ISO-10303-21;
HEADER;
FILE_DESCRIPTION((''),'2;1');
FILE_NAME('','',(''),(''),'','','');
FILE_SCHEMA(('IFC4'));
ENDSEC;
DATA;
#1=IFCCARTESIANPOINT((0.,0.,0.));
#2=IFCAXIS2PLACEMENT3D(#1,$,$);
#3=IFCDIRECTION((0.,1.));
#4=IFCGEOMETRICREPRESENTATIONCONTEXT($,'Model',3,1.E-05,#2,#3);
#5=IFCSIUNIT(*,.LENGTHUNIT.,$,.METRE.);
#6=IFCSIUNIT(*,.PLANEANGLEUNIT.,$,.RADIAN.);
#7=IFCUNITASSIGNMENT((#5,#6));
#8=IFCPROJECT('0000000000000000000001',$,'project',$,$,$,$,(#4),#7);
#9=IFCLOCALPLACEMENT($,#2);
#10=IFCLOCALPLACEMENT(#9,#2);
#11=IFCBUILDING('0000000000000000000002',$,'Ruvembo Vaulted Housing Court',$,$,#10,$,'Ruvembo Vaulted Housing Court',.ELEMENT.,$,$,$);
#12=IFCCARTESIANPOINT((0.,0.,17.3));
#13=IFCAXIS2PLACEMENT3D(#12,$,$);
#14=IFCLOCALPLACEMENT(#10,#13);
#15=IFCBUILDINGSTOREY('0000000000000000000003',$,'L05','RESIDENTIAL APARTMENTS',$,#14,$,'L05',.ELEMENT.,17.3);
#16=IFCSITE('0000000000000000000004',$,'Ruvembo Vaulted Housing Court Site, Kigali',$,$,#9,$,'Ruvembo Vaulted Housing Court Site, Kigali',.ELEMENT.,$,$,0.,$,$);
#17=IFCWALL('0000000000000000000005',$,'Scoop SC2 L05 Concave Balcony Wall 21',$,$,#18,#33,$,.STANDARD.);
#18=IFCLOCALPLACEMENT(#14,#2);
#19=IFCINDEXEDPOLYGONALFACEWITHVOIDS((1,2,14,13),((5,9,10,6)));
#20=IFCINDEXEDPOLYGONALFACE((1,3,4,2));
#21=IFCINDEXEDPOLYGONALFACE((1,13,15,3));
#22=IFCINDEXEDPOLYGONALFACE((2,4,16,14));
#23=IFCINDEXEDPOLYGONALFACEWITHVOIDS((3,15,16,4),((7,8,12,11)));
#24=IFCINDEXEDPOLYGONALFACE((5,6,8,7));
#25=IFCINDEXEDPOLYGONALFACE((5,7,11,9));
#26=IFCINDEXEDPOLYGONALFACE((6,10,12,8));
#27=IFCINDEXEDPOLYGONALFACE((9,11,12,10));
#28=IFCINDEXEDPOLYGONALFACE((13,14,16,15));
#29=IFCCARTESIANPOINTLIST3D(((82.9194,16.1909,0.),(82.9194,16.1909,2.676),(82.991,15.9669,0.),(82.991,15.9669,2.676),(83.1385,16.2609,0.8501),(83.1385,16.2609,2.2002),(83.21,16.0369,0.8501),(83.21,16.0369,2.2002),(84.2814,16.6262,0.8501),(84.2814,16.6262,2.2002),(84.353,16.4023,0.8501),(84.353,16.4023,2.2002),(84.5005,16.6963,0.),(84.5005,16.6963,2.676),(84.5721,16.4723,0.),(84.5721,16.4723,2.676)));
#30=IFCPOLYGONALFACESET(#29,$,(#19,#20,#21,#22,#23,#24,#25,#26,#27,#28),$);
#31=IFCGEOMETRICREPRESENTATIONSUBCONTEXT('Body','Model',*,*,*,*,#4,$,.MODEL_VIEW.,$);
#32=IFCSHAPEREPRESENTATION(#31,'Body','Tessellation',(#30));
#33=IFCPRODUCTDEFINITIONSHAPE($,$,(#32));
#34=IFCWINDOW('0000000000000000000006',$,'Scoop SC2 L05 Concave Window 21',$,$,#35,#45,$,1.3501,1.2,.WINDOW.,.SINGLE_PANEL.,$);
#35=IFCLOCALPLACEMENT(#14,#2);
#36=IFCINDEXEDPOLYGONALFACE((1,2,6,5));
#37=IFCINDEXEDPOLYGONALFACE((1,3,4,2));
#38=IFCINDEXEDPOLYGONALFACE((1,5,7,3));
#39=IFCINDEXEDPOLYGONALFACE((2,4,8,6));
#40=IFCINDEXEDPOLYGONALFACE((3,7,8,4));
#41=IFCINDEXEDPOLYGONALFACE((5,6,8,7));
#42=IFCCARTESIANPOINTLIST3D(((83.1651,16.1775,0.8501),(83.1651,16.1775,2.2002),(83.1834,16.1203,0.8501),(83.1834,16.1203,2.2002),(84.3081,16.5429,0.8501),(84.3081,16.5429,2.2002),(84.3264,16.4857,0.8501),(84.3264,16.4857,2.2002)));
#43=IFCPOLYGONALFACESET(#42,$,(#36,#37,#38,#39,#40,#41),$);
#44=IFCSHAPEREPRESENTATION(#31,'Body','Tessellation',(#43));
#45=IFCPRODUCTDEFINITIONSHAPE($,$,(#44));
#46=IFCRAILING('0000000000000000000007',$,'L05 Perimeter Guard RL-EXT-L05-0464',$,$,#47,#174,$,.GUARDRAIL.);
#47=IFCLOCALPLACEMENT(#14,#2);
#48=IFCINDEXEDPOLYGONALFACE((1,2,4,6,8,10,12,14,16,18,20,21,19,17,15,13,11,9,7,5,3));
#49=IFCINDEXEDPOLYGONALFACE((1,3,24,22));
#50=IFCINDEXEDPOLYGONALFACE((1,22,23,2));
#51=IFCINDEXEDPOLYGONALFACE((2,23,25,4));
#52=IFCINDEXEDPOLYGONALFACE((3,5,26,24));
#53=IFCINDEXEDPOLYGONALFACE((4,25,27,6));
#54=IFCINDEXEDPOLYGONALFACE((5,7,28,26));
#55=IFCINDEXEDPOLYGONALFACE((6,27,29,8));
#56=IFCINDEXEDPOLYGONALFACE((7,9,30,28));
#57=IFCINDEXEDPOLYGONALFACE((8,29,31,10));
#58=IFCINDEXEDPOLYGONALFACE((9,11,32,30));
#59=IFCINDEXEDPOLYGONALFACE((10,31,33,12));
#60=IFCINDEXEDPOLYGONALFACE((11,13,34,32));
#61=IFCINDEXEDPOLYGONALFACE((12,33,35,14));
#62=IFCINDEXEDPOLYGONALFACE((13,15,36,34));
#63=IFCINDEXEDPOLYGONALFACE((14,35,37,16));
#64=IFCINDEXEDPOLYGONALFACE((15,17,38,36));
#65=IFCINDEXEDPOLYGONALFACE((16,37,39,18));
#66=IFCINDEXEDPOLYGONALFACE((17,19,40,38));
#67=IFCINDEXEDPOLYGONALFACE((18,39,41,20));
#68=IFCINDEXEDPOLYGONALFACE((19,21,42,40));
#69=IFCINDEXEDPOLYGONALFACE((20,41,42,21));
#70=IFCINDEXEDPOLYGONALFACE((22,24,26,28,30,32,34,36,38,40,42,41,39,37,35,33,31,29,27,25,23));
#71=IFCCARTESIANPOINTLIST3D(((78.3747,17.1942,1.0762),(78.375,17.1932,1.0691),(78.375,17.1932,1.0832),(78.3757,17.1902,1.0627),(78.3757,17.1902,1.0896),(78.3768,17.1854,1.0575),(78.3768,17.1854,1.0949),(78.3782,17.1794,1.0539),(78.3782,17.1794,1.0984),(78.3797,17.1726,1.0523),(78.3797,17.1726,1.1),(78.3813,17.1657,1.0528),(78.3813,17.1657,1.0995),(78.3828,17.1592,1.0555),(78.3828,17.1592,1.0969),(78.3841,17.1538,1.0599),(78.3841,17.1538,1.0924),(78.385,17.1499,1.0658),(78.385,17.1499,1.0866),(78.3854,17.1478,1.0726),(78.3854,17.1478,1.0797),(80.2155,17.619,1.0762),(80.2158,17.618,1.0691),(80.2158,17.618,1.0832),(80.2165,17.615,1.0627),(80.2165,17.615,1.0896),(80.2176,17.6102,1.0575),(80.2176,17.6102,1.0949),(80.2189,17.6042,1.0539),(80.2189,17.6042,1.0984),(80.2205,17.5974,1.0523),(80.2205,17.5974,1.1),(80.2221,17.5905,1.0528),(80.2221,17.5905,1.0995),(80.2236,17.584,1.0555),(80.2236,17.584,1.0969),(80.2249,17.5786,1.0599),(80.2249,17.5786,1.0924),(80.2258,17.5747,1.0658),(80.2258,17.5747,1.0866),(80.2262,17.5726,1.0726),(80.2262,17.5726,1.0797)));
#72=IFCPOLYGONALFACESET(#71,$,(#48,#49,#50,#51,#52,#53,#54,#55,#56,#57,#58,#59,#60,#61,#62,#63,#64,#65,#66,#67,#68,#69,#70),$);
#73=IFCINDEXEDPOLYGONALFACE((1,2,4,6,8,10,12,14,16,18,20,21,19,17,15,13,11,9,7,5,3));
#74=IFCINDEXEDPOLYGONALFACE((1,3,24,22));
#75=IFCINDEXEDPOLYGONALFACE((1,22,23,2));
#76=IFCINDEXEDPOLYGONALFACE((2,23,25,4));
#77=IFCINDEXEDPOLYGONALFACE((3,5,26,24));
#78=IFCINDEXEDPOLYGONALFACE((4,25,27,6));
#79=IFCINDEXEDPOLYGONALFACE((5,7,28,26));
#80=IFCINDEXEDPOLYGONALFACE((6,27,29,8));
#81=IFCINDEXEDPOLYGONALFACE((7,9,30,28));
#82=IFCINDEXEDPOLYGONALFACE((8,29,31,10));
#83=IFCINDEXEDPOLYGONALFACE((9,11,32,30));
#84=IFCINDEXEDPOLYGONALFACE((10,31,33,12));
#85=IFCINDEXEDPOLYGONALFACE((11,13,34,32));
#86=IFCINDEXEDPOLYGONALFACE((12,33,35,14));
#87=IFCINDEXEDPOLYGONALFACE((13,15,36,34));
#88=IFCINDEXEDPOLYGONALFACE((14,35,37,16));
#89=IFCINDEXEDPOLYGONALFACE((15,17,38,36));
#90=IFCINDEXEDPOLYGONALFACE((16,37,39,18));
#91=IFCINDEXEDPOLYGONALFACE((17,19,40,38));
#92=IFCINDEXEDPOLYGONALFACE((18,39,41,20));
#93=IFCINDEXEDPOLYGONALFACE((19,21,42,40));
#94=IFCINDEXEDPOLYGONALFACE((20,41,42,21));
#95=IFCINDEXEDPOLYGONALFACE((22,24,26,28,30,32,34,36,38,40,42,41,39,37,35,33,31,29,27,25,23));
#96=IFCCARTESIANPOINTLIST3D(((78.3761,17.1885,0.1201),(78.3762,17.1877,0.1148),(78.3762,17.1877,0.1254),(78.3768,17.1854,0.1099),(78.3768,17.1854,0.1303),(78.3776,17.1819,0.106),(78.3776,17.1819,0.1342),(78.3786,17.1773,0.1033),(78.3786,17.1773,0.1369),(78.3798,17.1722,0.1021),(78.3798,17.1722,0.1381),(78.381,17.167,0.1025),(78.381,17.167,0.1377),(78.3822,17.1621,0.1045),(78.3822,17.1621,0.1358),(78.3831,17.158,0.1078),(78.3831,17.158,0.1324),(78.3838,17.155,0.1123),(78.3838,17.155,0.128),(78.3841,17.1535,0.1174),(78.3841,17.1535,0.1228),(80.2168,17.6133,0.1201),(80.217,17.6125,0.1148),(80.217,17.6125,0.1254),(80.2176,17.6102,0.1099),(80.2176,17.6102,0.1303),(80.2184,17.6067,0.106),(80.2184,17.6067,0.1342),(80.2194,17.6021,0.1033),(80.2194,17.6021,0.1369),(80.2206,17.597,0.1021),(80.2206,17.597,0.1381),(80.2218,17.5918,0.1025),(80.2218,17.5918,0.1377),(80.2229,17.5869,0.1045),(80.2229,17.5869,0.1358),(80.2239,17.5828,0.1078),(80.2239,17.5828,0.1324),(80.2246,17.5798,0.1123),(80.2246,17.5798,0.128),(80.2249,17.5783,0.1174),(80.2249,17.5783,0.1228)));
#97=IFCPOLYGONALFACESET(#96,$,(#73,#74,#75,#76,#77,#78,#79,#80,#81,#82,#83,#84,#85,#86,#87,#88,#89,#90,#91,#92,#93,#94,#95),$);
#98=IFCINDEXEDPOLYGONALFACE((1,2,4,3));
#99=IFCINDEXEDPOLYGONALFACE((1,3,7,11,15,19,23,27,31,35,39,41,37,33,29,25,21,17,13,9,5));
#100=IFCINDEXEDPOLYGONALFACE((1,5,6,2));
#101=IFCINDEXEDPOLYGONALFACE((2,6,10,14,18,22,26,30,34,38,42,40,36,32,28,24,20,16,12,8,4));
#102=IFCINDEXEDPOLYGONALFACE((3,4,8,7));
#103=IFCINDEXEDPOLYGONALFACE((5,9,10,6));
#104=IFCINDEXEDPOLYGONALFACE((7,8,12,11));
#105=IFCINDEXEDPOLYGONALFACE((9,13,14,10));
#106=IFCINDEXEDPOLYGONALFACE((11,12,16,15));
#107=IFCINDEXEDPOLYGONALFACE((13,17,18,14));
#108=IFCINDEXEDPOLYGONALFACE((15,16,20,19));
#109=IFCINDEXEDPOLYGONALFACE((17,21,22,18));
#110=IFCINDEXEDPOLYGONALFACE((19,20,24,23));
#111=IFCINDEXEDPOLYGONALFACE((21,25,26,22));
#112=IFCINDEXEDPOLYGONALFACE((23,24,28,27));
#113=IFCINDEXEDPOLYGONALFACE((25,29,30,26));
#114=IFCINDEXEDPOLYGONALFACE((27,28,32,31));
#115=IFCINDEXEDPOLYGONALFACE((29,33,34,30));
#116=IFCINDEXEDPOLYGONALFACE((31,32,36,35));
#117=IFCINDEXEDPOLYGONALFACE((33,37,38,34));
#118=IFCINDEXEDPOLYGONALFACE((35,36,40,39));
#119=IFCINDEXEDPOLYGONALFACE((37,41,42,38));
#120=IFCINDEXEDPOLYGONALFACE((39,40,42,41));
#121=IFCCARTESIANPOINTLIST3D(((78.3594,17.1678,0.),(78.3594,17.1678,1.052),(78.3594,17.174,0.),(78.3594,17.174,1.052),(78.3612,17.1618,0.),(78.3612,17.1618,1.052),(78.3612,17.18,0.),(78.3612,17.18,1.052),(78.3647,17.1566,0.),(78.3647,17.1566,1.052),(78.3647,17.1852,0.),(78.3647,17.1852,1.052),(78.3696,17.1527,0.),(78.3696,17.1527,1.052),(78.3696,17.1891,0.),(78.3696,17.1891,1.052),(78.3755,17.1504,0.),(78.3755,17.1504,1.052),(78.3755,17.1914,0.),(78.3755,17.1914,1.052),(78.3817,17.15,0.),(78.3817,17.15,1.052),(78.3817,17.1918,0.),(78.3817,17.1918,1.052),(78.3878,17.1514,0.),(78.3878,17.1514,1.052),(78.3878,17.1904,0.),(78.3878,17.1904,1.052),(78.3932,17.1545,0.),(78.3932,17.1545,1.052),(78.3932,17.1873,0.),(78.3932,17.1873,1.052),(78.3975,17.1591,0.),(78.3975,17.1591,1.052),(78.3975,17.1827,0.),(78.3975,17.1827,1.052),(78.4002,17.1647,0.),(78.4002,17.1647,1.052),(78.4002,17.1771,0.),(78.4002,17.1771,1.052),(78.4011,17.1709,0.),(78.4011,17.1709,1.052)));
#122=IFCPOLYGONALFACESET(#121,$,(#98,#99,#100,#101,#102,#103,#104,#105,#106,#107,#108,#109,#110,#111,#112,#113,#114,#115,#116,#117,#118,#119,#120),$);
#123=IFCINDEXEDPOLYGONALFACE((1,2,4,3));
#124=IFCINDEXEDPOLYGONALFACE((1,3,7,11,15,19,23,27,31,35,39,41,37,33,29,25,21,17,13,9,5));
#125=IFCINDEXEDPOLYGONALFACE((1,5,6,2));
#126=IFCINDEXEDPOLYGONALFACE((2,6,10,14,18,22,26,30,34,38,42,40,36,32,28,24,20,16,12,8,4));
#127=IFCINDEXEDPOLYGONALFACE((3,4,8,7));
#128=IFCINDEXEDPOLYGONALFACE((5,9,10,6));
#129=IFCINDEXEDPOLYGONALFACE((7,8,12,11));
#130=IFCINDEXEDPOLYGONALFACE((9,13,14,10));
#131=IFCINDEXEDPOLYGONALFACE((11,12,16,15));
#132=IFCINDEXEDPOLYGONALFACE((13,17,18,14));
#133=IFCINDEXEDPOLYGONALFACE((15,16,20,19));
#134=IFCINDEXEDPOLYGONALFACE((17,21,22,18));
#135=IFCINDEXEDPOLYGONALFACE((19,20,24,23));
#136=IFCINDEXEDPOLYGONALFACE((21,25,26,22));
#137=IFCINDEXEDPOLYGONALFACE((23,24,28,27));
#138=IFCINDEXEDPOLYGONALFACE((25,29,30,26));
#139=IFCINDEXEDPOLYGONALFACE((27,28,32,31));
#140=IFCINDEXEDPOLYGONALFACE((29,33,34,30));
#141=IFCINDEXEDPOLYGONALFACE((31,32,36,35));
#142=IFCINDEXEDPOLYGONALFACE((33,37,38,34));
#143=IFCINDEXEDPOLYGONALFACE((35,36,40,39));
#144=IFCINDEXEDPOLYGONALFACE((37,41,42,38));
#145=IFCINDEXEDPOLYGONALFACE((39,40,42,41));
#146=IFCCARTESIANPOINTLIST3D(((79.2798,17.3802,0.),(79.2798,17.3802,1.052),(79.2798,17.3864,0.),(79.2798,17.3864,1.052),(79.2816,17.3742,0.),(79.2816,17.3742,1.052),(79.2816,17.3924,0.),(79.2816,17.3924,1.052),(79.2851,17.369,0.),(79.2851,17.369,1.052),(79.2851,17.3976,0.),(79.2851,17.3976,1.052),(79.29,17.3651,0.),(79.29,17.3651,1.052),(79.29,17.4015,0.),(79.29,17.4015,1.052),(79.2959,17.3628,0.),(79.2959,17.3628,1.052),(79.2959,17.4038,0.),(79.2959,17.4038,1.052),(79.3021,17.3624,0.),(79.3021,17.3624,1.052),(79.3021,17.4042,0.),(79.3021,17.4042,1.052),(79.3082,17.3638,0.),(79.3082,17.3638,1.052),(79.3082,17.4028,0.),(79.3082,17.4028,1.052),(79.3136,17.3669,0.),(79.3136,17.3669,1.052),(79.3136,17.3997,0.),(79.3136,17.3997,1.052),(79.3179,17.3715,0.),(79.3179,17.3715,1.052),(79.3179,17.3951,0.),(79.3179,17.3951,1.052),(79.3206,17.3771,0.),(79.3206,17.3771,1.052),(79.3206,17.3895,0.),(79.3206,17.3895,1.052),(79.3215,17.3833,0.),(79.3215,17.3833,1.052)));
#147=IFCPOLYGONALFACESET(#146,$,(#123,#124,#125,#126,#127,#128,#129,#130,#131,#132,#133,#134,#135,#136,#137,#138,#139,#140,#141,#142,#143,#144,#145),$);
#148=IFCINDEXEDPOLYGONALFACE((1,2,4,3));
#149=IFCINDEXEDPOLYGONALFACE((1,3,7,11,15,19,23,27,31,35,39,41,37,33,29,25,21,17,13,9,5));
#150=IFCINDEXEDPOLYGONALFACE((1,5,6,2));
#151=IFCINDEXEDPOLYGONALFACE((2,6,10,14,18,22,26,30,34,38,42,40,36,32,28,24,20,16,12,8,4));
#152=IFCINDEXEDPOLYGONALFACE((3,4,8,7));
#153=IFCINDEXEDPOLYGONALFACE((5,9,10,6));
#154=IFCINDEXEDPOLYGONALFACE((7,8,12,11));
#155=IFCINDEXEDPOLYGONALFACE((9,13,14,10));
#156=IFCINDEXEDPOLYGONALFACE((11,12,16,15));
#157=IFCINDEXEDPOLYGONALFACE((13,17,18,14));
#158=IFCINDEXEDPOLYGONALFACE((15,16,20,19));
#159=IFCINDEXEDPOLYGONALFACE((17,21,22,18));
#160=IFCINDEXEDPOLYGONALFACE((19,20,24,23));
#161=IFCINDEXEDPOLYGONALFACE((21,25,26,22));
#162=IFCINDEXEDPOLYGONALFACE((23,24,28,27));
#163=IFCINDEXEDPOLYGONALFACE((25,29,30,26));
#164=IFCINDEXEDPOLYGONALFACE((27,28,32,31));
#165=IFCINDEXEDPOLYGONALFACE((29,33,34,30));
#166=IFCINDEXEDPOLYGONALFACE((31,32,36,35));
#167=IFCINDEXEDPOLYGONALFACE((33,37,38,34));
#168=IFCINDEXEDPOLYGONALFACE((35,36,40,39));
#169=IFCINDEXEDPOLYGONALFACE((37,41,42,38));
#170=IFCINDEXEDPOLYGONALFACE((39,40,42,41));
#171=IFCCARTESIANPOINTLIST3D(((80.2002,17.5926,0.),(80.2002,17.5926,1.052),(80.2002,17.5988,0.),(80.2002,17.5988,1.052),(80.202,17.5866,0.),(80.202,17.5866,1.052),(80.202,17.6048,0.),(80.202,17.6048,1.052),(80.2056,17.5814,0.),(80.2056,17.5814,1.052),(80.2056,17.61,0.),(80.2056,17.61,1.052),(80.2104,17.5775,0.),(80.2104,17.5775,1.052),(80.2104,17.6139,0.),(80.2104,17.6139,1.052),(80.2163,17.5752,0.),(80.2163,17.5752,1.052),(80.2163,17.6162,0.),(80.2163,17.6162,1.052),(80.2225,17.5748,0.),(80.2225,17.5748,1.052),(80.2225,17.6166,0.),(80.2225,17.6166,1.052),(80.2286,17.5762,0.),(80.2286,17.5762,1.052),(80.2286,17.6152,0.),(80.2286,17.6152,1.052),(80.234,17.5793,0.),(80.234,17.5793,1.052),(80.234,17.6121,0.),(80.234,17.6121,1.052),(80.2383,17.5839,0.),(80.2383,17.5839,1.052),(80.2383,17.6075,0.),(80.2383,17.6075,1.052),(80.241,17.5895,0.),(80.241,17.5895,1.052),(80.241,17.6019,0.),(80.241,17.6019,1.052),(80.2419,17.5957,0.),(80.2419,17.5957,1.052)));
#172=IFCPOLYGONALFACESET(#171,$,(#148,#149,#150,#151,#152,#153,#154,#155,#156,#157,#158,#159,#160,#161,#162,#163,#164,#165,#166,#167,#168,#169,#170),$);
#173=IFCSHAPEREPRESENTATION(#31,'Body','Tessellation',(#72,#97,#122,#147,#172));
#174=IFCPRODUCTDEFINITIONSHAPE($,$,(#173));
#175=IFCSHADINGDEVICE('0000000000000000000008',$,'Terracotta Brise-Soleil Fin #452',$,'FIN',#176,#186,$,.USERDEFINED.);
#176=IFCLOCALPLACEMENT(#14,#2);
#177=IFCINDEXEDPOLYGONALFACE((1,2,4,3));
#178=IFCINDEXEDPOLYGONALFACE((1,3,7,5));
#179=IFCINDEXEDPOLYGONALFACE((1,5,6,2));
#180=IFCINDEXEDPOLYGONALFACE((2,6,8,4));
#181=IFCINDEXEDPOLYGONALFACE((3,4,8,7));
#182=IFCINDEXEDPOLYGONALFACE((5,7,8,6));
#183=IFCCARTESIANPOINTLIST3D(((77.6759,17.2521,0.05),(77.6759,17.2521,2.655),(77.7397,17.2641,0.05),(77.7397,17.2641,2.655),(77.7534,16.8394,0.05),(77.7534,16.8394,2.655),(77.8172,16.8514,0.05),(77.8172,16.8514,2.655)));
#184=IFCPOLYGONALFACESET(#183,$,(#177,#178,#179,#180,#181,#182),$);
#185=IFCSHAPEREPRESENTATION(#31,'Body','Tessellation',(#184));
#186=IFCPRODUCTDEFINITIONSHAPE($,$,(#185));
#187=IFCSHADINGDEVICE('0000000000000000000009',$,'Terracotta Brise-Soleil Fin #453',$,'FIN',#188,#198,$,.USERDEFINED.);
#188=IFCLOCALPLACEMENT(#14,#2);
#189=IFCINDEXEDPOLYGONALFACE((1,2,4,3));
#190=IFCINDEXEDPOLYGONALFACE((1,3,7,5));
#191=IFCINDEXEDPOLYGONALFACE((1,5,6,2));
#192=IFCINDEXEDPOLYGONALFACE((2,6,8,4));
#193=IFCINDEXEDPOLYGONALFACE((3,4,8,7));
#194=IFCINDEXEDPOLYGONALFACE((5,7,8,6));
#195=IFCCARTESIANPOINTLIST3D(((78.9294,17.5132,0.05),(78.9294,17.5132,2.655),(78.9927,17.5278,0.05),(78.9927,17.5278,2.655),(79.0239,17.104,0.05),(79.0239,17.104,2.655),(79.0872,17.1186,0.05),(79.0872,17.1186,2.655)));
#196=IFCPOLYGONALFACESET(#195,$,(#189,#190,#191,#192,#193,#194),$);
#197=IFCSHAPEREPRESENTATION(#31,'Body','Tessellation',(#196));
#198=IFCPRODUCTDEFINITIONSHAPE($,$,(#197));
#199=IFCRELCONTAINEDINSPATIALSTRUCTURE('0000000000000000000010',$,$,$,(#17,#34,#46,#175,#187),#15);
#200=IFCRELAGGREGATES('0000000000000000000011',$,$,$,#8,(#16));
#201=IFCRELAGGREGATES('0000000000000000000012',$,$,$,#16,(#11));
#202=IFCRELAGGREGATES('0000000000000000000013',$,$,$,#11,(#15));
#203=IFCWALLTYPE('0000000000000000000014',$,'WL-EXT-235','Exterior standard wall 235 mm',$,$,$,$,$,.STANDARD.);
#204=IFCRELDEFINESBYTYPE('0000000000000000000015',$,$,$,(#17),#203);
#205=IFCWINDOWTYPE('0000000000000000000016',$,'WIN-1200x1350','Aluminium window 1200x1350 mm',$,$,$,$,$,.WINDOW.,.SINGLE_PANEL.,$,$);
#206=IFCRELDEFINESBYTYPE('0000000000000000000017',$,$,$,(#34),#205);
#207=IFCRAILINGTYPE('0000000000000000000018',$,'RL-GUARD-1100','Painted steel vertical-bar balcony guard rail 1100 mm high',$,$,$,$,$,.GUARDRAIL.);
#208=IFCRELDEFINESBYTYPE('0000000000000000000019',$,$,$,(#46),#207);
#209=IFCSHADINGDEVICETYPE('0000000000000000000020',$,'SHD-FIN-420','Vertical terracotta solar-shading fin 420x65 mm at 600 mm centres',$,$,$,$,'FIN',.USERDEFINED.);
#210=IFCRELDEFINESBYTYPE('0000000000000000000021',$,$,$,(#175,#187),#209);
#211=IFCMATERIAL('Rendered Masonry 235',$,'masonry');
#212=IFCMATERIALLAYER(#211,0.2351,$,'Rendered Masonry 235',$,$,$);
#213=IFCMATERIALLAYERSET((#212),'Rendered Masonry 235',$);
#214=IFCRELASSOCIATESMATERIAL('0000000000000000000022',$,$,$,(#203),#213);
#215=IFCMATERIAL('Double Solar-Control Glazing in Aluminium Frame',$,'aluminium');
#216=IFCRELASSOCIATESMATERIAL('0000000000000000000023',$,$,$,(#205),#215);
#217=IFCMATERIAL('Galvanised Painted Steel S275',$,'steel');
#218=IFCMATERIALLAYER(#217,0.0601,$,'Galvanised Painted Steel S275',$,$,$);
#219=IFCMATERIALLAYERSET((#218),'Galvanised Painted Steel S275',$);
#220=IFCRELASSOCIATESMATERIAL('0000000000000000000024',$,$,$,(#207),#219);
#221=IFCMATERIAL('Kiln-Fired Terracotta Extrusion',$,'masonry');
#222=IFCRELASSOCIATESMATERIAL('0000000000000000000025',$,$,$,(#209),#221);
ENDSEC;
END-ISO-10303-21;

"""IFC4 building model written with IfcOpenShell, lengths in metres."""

from ifc_helpers import new_model, si_unit, direction, frame, frame_2d, origin, origin_2d, place, context, subcontext, project, spatial, rectangle, circle, extrude, material, layer, layer_set, type_object, element, fill, save


model = new_model("IFC4")

# Units and contexts
model_context = context("Model", 3, precision=1e-05, world=origin(), true_north=direction((0.0, 1.0)))
body_context = subcontext(model_context, "Body", "Model", "MODEL_VIEW")
ifc_project = project(units=[si_unit("LENGTHUNIT", "METRE"), si_unit("PLANEANGLEUNIT", "RADIAN")], contexts=[model_context])

# Site, building, storey
site_placement = place(None, origin())
site = spatial("IfcSite", under=ifc_project, at=site_placement, Name="Ruvembo Vaulted Housing Court Site, Kigali", LongName="Ruvembo Vaulted Housing Court Site, Kigali", CompositionType="ELEMENT", RefElevation=0.0)
building_placement = place(site_placement, origin())
building = spatial("IfcBuilding", under=site, at=building_placement, Name="Ruvembo Vaulted Housing Court", LongName="Ruvembo Vaulted Housing Court", CompositionType="ELEMENT")
storey_placement = place(building_placement, frame((0.0, 0.0, 17.3)))
storey = spatial("IfcBuildingStorey", under=building, at=storey_placement, Name="L05", Description="RESIDENTIAL APARTMENTS", LongName="L05", CompositionType="ELEMENT", Elevation=17.3)

# Wall, opening, window
ifc_material_1 = material(Name="Rendered Masonry 235", Category="masonry")
ifc_layer_1 = layer(ifc_material_1, 0.2351, Name="Rendered Masonry 235")
ifc_layer_set_1 = layer_set([ifc_layer_1], Name="Rendered Masonry 235")
wall_type_1 = type_object("IfcWallType", Name="WL-EXT-235", Description="Exterior standard wall 235 mm", PredefinedType="STANDARD", material=ifc_layer_set_1)
ifc_material_2 = material(Name="Double Solar-Control Glazing in Aluminium Frame", Category="aluminium")
wall_1_placement = place(storey_placement, frame((82.9551, 16.0789, 0.0), z_axis=(0.0, 0.0, 1.0), x_axis=(0.952523, 0.304466, 0.0)))
wall_1 = element("IfcWall", 1, at=wall_1_placement, inside=storey, type_object=wall_type_1, Name="Scoop SC2 L05 Concave Balcony Wall 21", PredefinedType="STANDARD", context=body_context, shape_type="SweptSolid", body=[
    extrude(rectangle(XDim=1.6599, YDim=0.2351, at=frame_2d((0.8301, 0.0))), origin(), (0.0, 0.0, 1.0), 2.676),
])
opening_1_placement = place(wall_1_placement, frame((0.23, 0.0, 0.8501)))
opening_1 = element("IfcOpeningElement", 2, at=opening_1_placement, cuts=wall_1, PredefinedType="OPENING", context=body_context, shape_type="SweptSolid", body=[
    extrude(rectangle(XDim=1.2, YDim=1.3501, at=frame_2d((0.6001, 0.675))), frame((0.0, 0.1274, 0.0), z_axis=(0.0, -1.0, 0.0), x_axis=(1.0, 0.0, 0.0)), (0.0, 0.0, 1.0), 0.2551),
])
window_type_1 = type_object("IfcWindowType", Name="WIN-1200x1350", Description="Aluminium window 1200x1350 mm", PartitioningType="SINGLE_PANEL", PredefinedType="WINDOW", material=ifc_material_2)
window_1_placement = place(opening_1_placement, origin())
window_1 = element("IfcWindow", 3, at=window_1_placement, inside=storey, type_object=window_type_1, Name="Scoop SC2 L05 Concave Window 21", OverallHeight=1.3501, OverallWidth=1.2, PartitioningType="SINGLE_PANEL", PredefinedType="WINDOW", context=body_context, shape_type="SweptSolid", body=[
    extrude(rectangle(XDim=1.2, YDim=1.3501, at=frame_2d((0.6001, 0.675))), frame((0.0, 0.03, 0.0), z_axis=(0.0, -1.0, 0.0), x_axis=(1.0, 0.0, 0.0)), (0.0, 0.0, 1.0), 0.0601),
])
fill(opening_1, window_1)

# Railing
ifc_material_3 = material(Name="Galvanised Painted Steel S275", Category="steel")
ifc_layer_2 = layer(ifc_material_3, 0.0601, Name="Galvanised Painted Steel S275")
ifc_layer_set_2 = layer_set([ifc_layer_2], Name="Galvanised Painted Steel S275")
railing_type = type_object("IfcRailingType", Name="RL-GUARD-1100", Description="Painted steel vertical-bar balcony guard rail 1100 mm high", PredefinedType="GUARDRAIL", material=ifc_layer_set_2)
railing_placement = place(storey_placement, frame((78.3801, 17.1709, 0.0)))
element("IfcRailing", 4, at=railing_placement, inside=storey, type_object=railing_type, Name="L05 Perimeter Guard RL-EXT-L05-0464", PredefinedType="GUARDRAIL", context=body_context, shape_type="SweptSolid", body=[
    extrude(circle(Radius=0.0239, at=origin_2d()), frame((0.0, 0.0, 1.0762), z_axis=(0.974391, 0.22486, 0.0), x_axis=(-0.22486, 0.974391, 0.0)), (0.0, 0.0, 1.0), 1.8892),
    extrude(circle(Radius=0.0181, at=origin_2d()), frame((0.0, 0.0, 0.1201), z_axis=(0.974391, 0.22486, 0.0), x_axis=(-0.22486, 0.974391, 0.0)), (0.0, 0.0, 1.0), 1.8892),
    extrude(circle(Radius=0.021, at=origin_2d()), origin(), (0.0, 0.0, 1.0), 1.052),
    extrude(circle(Radius=0.021, at=origin_2d()), frame((0.9204, 0.2124, 0.0)), (0.0, 0.0, 1.0), 1.052),
    extrude(circle(Radius=0.021, at=origin_2d()), frame((1.8408, 0.4248, 0.0)), (0.0, 0.0, 1.0), 1.052),
])

# Shading devices
ifc_material_4 = material(Name="Kiln-Fired Terracotta Extrusion", Category="masonry")
shading_device_type = type_object("IfcShadingDeviceType", Name="SHD-FIN-420", Description="Vertical terracotta solar-shading fin 420x65 mm at 600 mm centres", ElementType="FIN", PredefinedType="USERDEFINED", material=ifc_material_4)
for number, where, z_axis, x_axis, name in (
    (5, (77.7466, 17.0518, 0.05), (0.0, 0.0, 1.0), (0.184569, -0.98282, 0.0), "Terracotta Brise-Soleil Fin #452"),
    (6, (79.0083, 17.3159, 0.05), (0.0, 0.0, 1.0), (0.224951, -0.97437, 0.0), "Terracotta Brise-Soleil Fin #453"),
):
    element("IfcShadingDevice", number, at=place(storey_placement, frame(where, z_axis=z_axis, x_axis=x_axis)), inside=storey, type_object=shading_device_type, Name=name, ObjectType="FIN", PredefinedType="USERDEFINED", context=body_context, shape_type="SweptSolid", body=[
        extrude(rectangle(XDim=0.4199, YDim=0.0649, at=origin_2d()), origin(), (0.0, 0.0, 1.0), 2.605),
    ])

save(model, "model.ifc")
